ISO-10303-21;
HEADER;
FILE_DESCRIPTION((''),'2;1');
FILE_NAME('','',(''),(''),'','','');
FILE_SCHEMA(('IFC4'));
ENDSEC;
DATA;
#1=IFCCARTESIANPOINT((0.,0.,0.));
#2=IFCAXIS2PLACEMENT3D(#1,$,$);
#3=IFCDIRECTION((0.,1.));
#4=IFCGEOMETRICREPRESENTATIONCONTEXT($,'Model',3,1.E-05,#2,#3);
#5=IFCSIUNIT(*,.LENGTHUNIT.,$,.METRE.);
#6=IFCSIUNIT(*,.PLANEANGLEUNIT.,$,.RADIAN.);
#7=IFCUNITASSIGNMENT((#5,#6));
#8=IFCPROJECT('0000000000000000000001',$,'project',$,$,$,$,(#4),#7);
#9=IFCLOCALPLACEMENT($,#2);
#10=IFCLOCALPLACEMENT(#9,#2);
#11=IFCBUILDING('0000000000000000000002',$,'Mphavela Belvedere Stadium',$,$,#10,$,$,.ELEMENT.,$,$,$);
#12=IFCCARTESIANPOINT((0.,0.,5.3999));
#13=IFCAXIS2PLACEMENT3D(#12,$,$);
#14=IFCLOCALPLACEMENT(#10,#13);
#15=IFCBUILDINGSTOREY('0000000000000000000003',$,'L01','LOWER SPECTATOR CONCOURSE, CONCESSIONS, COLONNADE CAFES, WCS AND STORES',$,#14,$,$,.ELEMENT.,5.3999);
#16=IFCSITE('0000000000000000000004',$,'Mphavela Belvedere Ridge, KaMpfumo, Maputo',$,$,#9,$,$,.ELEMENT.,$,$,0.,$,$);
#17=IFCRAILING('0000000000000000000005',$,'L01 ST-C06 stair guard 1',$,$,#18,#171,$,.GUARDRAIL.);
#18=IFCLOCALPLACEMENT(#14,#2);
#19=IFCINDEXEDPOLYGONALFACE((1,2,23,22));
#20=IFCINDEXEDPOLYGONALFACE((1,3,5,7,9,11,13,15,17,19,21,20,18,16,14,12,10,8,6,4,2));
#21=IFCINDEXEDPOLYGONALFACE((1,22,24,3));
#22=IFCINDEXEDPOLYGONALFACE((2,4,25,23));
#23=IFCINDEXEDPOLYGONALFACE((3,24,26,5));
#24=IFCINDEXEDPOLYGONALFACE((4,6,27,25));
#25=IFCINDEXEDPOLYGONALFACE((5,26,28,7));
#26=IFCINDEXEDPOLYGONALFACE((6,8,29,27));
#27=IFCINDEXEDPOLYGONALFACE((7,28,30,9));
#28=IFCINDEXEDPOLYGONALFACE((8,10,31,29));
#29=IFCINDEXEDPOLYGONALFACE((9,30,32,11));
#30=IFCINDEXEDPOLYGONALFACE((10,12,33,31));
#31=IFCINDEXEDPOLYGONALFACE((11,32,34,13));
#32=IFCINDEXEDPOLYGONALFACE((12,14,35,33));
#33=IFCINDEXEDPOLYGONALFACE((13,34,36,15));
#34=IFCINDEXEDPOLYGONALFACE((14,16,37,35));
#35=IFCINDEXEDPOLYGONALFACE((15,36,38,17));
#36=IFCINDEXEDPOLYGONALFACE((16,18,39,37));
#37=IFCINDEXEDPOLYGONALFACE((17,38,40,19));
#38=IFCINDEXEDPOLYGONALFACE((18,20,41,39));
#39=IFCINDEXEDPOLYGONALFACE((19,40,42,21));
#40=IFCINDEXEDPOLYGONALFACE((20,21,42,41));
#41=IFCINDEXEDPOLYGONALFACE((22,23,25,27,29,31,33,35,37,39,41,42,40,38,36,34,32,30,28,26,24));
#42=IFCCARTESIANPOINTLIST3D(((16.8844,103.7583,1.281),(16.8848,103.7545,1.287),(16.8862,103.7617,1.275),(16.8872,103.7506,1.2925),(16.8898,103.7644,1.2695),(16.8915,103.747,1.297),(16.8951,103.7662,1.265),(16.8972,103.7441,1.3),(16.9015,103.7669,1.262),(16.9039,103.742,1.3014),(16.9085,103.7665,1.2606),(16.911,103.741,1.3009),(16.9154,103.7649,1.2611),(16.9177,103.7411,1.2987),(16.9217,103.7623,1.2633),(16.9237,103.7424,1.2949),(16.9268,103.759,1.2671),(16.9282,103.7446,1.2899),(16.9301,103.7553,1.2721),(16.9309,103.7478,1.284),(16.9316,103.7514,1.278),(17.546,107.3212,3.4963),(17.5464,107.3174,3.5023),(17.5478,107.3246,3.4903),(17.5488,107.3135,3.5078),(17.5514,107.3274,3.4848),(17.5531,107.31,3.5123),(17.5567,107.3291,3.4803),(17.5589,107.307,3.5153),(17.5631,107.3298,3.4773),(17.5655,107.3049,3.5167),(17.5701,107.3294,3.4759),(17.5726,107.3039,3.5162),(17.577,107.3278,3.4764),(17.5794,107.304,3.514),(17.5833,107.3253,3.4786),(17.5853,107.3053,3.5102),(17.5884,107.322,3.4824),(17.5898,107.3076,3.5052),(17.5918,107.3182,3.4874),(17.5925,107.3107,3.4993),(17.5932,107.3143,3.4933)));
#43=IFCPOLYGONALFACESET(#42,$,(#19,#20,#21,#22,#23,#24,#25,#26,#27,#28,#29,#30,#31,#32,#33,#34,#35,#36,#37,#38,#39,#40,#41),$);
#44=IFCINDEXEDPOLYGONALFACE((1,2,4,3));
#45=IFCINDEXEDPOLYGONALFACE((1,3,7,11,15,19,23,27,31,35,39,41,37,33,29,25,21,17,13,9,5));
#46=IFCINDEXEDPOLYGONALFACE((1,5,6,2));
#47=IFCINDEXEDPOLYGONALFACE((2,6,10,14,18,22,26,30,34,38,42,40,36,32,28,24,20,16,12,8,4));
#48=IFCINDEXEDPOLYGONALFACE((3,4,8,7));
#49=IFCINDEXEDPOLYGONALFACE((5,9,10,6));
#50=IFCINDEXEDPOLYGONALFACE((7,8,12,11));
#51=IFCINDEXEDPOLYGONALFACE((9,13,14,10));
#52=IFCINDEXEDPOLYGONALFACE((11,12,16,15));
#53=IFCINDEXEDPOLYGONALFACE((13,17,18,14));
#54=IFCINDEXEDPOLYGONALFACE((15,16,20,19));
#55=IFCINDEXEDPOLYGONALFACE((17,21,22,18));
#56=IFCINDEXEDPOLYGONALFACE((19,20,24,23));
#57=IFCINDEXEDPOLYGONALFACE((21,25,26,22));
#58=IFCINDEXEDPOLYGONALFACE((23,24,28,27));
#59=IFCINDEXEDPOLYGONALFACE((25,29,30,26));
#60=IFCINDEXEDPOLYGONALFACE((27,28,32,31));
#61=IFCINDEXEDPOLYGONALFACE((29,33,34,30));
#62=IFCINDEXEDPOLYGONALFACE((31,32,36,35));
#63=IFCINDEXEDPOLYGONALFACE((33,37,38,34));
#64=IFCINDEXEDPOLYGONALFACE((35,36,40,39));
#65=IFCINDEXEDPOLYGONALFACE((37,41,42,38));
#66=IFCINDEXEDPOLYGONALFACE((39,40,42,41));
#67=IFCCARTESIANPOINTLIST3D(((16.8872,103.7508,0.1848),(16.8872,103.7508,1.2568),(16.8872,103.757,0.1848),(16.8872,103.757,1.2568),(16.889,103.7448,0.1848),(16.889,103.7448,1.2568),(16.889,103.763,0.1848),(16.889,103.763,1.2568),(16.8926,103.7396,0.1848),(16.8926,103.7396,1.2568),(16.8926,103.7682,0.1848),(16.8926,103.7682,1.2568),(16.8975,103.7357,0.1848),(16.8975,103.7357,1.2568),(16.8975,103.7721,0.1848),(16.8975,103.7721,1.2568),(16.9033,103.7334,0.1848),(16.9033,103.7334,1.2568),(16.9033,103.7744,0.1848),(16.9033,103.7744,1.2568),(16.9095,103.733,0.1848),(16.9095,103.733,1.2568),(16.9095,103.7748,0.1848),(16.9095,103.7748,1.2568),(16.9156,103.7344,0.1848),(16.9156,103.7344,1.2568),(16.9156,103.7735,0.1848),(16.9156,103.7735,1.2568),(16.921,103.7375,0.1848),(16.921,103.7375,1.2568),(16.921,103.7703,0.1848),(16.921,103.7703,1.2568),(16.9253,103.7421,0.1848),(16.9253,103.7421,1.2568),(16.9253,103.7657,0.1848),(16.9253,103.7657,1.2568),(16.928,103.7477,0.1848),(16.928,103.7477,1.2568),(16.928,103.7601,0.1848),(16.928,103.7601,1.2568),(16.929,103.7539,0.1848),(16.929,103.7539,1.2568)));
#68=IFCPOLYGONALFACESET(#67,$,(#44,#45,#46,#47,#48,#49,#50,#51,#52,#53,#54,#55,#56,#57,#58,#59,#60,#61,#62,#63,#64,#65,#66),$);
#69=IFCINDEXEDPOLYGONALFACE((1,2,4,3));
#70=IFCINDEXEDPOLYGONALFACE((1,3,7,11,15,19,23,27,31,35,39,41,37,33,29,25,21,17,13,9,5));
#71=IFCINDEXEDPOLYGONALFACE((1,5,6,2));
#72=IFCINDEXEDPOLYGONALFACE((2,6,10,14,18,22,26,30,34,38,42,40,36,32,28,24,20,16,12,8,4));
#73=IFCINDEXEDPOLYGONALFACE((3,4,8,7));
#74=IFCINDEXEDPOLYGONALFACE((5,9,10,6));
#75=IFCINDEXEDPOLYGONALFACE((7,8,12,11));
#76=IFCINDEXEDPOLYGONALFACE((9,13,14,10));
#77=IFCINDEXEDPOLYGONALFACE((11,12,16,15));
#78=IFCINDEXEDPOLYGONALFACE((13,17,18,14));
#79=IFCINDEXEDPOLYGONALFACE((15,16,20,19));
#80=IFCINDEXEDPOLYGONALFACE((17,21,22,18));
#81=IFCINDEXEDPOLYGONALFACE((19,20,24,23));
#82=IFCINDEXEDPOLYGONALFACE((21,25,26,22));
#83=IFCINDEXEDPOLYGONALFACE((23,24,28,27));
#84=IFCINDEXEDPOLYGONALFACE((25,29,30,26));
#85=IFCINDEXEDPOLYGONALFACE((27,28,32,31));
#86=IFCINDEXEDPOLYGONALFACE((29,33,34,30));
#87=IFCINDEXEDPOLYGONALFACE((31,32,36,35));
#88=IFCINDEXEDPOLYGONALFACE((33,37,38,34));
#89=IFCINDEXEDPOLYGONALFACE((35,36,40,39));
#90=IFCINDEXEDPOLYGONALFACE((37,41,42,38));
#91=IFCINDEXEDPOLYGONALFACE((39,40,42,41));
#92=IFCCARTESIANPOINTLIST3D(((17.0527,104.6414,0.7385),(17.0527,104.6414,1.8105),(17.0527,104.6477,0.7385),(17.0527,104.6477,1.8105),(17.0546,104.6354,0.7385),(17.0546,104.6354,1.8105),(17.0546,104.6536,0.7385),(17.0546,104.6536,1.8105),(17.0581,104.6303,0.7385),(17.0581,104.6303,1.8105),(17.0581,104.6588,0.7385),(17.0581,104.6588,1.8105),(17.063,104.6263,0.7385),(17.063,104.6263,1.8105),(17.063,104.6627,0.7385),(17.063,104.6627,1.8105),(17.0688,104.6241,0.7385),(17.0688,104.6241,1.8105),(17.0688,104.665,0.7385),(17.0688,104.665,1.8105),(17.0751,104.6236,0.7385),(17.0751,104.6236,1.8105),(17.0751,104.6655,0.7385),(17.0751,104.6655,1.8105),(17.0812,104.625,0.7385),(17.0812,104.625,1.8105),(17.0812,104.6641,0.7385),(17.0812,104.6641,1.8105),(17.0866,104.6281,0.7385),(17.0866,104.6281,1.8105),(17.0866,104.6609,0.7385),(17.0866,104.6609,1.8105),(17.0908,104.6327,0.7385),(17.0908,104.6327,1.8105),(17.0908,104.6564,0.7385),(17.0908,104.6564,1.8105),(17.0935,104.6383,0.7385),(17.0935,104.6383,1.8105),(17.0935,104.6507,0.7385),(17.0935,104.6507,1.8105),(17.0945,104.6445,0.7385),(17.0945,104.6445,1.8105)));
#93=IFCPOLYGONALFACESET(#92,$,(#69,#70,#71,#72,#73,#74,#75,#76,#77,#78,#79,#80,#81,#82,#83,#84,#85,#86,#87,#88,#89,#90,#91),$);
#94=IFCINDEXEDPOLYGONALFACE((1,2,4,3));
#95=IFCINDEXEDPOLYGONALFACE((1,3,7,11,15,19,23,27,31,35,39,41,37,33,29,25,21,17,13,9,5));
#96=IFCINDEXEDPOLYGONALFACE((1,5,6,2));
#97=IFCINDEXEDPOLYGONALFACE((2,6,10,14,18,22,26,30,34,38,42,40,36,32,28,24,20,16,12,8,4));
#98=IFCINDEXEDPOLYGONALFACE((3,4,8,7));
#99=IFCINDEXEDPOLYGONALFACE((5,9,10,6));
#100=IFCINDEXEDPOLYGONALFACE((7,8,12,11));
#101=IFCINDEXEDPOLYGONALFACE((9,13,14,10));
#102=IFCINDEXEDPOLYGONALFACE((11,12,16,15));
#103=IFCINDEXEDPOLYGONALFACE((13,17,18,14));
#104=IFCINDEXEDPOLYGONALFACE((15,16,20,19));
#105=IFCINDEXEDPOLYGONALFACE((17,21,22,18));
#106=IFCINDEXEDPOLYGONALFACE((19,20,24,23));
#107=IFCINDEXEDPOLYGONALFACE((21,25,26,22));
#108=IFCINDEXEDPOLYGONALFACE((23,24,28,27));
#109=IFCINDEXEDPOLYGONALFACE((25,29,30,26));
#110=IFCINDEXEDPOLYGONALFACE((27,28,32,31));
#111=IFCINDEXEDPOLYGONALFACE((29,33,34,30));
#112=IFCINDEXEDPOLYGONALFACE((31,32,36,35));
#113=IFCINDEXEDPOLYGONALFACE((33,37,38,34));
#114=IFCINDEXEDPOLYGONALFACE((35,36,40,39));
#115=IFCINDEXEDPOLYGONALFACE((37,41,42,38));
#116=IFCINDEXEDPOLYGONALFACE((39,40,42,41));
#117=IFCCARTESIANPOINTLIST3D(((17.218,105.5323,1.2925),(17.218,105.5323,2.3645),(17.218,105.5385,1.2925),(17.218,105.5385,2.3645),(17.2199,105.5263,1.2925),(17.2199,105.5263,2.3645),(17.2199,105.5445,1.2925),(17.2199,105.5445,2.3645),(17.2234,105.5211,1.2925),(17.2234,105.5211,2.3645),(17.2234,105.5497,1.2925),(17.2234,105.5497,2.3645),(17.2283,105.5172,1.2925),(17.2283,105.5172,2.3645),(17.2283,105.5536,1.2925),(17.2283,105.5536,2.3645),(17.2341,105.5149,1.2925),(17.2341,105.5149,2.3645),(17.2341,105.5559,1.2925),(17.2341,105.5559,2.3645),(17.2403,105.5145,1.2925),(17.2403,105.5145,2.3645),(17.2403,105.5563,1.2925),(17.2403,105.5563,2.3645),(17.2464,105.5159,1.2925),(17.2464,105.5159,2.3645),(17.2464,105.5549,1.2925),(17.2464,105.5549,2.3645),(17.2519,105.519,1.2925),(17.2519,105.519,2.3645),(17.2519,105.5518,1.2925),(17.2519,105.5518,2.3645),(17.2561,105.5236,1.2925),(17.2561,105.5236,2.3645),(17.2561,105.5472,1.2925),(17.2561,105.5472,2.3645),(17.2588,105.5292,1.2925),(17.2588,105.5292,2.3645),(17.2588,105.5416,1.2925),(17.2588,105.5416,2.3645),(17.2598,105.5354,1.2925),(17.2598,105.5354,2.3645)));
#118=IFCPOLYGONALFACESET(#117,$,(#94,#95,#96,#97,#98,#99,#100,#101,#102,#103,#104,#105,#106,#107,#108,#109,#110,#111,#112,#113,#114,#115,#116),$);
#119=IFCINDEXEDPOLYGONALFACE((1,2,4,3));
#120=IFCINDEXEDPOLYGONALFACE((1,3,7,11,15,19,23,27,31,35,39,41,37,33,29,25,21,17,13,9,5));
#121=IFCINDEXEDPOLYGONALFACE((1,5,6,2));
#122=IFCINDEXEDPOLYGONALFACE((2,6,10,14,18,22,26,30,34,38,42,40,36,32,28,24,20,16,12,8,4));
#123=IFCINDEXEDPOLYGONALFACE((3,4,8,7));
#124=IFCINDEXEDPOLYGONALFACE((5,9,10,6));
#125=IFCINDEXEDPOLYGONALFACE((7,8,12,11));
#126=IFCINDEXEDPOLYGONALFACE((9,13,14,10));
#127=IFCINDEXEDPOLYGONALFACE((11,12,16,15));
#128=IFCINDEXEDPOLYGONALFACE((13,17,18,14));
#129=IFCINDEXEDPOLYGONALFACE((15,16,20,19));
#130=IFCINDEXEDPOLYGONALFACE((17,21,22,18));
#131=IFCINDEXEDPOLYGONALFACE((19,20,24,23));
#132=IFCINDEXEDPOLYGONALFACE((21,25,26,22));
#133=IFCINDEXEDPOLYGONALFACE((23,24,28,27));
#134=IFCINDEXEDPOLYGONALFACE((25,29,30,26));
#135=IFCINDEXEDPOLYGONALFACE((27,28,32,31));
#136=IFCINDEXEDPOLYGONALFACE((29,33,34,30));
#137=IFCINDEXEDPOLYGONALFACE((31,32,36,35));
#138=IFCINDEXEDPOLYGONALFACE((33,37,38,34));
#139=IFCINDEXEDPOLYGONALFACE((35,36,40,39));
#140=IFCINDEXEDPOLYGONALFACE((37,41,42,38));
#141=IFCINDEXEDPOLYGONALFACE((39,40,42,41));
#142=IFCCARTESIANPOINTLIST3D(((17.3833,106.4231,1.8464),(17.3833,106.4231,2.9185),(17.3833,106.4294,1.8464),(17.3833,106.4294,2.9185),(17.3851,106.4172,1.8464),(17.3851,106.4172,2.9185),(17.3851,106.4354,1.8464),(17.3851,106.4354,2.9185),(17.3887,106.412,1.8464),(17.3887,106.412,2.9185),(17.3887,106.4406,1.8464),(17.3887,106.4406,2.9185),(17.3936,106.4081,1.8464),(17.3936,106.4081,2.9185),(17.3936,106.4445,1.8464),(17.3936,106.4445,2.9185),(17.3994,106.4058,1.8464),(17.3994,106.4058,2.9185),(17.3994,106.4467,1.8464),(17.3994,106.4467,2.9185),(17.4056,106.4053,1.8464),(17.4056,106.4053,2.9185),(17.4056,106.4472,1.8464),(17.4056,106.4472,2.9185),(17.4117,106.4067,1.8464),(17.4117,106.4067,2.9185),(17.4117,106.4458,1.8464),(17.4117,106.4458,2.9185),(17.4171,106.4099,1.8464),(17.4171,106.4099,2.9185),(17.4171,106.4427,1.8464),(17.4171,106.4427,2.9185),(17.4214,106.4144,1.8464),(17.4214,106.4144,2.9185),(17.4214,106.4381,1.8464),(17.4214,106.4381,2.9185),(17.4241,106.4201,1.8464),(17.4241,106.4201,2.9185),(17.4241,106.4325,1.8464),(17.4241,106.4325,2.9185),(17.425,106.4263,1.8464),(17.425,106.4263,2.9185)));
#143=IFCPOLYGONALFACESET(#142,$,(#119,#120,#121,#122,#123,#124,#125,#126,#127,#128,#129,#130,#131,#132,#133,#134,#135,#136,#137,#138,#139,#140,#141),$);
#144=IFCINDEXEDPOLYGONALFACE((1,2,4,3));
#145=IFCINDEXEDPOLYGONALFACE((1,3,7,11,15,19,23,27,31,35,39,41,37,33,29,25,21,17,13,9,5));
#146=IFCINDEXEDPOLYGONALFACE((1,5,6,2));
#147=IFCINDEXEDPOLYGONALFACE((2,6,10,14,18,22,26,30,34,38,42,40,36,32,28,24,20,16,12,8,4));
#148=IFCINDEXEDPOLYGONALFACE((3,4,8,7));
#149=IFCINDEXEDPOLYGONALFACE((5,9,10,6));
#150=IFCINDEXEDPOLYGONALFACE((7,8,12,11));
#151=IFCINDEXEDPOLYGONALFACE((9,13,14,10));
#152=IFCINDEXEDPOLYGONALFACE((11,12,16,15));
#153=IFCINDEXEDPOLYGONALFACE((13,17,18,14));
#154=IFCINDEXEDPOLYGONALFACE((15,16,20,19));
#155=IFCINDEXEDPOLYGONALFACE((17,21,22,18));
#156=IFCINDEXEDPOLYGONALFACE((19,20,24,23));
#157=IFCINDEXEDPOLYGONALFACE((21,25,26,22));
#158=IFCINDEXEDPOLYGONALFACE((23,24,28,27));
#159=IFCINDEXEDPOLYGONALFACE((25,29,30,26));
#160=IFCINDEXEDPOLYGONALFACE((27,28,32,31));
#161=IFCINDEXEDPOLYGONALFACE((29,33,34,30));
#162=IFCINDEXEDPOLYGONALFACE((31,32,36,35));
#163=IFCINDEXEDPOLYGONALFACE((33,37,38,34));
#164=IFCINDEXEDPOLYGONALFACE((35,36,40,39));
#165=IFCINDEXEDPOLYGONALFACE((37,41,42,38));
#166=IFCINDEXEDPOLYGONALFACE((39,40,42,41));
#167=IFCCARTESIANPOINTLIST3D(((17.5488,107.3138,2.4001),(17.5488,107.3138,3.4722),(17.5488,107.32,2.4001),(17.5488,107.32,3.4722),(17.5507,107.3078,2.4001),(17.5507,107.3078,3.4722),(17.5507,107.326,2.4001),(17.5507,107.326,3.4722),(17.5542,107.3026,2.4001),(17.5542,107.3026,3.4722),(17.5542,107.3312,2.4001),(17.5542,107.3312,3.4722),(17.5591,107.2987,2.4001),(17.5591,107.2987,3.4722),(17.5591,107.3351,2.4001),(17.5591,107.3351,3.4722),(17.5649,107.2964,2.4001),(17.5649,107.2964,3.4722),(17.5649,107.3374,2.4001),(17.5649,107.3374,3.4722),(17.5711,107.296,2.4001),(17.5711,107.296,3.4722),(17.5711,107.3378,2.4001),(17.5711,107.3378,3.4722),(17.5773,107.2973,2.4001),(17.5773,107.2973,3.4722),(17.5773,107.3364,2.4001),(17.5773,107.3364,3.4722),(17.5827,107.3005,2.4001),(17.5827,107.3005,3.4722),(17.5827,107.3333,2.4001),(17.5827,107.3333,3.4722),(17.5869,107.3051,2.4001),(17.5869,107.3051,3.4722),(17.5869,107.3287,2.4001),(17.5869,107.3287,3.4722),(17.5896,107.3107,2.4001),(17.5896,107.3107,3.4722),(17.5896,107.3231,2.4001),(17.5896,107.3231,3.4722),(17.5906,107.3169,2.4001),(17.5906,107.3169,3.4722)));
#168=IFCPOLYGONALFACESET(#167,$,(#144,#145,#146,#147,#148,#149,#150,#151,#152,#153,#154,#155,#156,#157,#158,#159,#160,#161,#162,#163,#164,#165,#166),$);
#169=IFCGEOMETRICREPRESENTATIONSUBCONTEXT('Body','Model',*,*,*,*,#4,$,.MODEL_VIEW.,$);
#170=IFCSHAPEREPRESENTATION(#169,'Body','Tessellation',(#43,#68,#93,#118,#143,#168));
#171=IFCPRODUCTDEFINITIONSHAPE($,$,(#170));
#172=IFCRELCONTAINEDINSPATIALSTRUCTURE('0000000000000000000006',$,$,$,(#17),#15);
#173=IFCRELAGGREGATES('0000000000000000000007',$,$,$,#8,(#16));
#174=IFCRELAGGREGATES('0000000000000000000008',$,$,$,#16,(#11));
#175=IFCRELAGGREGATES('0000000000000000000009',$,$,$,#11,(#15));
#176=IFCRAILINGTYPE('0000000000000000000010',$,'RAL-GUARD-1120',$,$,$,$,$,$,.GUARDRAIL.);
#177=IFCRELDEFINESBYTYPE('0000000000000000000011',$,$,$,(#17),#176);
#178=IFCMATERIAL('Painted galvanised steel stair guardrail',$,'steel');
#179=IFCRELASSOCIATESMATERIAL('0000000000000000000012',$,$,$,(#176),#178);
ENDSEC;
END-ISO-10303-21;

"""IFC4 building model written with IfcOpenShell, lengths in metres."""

from ifc_helpers import new_model, si_unit, direction, frame, origin, origin_2d, place, context, subcontext, project, spatial, circle, extrude, material, type_object, element, save


model = new_model("IFC4")

# Units and contexts
model_context = context("Model", 3, precision=1e-05, world=origin(), true_north=direction((0.0, 1.0)))
body_context = subcontext(model_context, "Body", "Model", "MODEL_VIEW")
ifc_project = project(units=[si_unit("LENGTHUNIT", "METRE"), si_unit("PLANEANGLEUNIT", "RADIAN")], contexts=[model_context])

# Site, building, storey
site_placement = place(None, origin())
site = spatial("IfcSite", under=ifc_project, at=site_placement, Name="Mphavela Belvedere Ridge, KaMpfumo, Maputo", CompositionType="ELEMENT", RefElevation=0.0)
building_placement = place(site_placement, origin())
building = spatial("IfcBuilding", under=site, at=building_placement, Name="Mphavela Belvedere Stadium", CompositionType="ELEMENT")
storey_placement = place(building_placement, frame((0.0, 0.0, 5.3999)))
storey = spatial("IfcBuildingStorey", under=building, at=storey_placement, Name="L01", Description="LOWER SPECTATOR CONCOURSE, CONCESSIONS, COLONNADE CAFES, WCS AND STORES", CompositionType="ELEMENT", Elevation=5.3999)

# Railing
ifc_material_1 = material(Name="Painted galvanised steel stair guardrail", Category="steel")
railing_type_1 = type_object("IfcRailingType", Name="RAL-GUARD-1120", PredefinedType="GUARDRAIL", material=ifc_material_1)
railing_1_placement = place(storey_placement, frame((16.908, 103.7539, 0.1848)))
element("IfcRailing", 1, at=railing_1_placement, inside=storey, type_object=railing_type_1, Name="L01 ST-C06 stair guard 1", PredefinedType="GUARDRAIL", context=body_context, shape_type="SweptSolid", body=[
    extrude(circle(Radius=0.0239, at=origin_2d()), frame((0.0, 0.0, 1.0962), z_axis=(0.155771, 0.838865, 0.521575), x_axis=(-0.983193, 0.182572, 0.0)), (0.0, 0.0, 1.0), 4.2473),
    extrude(circle(Radius=0.021, at=origin_2d()), origin(), (0.0, 0.0, 1.0), 1.072),
    extrude(circle(Radius=0.021, at=origin_2d()), frame((0.1655, 0.8906, 0.5537)), (0.0, 0.0, 1.0), 1.072),
    extrude(circle(Radius=0.021, at=origin_2d()), frame((0.3308, 1.7815, 1.1077)), (0.0, 0.0, 1.0), 1.072),
    extrude(circle(Radius=0.021, at=origin_2d()), frame((0.4961, 2.6724, 1.6616)), (0.0, 0.0, 1.0), 1.072),
    extrude(circle(Radius=0.021, at=origin_2d()), frame((0.6616, 3.563, 2.2153)), (0.0, 0.0, 1.0), 1.072),
])

save(model, "model.ifc")
